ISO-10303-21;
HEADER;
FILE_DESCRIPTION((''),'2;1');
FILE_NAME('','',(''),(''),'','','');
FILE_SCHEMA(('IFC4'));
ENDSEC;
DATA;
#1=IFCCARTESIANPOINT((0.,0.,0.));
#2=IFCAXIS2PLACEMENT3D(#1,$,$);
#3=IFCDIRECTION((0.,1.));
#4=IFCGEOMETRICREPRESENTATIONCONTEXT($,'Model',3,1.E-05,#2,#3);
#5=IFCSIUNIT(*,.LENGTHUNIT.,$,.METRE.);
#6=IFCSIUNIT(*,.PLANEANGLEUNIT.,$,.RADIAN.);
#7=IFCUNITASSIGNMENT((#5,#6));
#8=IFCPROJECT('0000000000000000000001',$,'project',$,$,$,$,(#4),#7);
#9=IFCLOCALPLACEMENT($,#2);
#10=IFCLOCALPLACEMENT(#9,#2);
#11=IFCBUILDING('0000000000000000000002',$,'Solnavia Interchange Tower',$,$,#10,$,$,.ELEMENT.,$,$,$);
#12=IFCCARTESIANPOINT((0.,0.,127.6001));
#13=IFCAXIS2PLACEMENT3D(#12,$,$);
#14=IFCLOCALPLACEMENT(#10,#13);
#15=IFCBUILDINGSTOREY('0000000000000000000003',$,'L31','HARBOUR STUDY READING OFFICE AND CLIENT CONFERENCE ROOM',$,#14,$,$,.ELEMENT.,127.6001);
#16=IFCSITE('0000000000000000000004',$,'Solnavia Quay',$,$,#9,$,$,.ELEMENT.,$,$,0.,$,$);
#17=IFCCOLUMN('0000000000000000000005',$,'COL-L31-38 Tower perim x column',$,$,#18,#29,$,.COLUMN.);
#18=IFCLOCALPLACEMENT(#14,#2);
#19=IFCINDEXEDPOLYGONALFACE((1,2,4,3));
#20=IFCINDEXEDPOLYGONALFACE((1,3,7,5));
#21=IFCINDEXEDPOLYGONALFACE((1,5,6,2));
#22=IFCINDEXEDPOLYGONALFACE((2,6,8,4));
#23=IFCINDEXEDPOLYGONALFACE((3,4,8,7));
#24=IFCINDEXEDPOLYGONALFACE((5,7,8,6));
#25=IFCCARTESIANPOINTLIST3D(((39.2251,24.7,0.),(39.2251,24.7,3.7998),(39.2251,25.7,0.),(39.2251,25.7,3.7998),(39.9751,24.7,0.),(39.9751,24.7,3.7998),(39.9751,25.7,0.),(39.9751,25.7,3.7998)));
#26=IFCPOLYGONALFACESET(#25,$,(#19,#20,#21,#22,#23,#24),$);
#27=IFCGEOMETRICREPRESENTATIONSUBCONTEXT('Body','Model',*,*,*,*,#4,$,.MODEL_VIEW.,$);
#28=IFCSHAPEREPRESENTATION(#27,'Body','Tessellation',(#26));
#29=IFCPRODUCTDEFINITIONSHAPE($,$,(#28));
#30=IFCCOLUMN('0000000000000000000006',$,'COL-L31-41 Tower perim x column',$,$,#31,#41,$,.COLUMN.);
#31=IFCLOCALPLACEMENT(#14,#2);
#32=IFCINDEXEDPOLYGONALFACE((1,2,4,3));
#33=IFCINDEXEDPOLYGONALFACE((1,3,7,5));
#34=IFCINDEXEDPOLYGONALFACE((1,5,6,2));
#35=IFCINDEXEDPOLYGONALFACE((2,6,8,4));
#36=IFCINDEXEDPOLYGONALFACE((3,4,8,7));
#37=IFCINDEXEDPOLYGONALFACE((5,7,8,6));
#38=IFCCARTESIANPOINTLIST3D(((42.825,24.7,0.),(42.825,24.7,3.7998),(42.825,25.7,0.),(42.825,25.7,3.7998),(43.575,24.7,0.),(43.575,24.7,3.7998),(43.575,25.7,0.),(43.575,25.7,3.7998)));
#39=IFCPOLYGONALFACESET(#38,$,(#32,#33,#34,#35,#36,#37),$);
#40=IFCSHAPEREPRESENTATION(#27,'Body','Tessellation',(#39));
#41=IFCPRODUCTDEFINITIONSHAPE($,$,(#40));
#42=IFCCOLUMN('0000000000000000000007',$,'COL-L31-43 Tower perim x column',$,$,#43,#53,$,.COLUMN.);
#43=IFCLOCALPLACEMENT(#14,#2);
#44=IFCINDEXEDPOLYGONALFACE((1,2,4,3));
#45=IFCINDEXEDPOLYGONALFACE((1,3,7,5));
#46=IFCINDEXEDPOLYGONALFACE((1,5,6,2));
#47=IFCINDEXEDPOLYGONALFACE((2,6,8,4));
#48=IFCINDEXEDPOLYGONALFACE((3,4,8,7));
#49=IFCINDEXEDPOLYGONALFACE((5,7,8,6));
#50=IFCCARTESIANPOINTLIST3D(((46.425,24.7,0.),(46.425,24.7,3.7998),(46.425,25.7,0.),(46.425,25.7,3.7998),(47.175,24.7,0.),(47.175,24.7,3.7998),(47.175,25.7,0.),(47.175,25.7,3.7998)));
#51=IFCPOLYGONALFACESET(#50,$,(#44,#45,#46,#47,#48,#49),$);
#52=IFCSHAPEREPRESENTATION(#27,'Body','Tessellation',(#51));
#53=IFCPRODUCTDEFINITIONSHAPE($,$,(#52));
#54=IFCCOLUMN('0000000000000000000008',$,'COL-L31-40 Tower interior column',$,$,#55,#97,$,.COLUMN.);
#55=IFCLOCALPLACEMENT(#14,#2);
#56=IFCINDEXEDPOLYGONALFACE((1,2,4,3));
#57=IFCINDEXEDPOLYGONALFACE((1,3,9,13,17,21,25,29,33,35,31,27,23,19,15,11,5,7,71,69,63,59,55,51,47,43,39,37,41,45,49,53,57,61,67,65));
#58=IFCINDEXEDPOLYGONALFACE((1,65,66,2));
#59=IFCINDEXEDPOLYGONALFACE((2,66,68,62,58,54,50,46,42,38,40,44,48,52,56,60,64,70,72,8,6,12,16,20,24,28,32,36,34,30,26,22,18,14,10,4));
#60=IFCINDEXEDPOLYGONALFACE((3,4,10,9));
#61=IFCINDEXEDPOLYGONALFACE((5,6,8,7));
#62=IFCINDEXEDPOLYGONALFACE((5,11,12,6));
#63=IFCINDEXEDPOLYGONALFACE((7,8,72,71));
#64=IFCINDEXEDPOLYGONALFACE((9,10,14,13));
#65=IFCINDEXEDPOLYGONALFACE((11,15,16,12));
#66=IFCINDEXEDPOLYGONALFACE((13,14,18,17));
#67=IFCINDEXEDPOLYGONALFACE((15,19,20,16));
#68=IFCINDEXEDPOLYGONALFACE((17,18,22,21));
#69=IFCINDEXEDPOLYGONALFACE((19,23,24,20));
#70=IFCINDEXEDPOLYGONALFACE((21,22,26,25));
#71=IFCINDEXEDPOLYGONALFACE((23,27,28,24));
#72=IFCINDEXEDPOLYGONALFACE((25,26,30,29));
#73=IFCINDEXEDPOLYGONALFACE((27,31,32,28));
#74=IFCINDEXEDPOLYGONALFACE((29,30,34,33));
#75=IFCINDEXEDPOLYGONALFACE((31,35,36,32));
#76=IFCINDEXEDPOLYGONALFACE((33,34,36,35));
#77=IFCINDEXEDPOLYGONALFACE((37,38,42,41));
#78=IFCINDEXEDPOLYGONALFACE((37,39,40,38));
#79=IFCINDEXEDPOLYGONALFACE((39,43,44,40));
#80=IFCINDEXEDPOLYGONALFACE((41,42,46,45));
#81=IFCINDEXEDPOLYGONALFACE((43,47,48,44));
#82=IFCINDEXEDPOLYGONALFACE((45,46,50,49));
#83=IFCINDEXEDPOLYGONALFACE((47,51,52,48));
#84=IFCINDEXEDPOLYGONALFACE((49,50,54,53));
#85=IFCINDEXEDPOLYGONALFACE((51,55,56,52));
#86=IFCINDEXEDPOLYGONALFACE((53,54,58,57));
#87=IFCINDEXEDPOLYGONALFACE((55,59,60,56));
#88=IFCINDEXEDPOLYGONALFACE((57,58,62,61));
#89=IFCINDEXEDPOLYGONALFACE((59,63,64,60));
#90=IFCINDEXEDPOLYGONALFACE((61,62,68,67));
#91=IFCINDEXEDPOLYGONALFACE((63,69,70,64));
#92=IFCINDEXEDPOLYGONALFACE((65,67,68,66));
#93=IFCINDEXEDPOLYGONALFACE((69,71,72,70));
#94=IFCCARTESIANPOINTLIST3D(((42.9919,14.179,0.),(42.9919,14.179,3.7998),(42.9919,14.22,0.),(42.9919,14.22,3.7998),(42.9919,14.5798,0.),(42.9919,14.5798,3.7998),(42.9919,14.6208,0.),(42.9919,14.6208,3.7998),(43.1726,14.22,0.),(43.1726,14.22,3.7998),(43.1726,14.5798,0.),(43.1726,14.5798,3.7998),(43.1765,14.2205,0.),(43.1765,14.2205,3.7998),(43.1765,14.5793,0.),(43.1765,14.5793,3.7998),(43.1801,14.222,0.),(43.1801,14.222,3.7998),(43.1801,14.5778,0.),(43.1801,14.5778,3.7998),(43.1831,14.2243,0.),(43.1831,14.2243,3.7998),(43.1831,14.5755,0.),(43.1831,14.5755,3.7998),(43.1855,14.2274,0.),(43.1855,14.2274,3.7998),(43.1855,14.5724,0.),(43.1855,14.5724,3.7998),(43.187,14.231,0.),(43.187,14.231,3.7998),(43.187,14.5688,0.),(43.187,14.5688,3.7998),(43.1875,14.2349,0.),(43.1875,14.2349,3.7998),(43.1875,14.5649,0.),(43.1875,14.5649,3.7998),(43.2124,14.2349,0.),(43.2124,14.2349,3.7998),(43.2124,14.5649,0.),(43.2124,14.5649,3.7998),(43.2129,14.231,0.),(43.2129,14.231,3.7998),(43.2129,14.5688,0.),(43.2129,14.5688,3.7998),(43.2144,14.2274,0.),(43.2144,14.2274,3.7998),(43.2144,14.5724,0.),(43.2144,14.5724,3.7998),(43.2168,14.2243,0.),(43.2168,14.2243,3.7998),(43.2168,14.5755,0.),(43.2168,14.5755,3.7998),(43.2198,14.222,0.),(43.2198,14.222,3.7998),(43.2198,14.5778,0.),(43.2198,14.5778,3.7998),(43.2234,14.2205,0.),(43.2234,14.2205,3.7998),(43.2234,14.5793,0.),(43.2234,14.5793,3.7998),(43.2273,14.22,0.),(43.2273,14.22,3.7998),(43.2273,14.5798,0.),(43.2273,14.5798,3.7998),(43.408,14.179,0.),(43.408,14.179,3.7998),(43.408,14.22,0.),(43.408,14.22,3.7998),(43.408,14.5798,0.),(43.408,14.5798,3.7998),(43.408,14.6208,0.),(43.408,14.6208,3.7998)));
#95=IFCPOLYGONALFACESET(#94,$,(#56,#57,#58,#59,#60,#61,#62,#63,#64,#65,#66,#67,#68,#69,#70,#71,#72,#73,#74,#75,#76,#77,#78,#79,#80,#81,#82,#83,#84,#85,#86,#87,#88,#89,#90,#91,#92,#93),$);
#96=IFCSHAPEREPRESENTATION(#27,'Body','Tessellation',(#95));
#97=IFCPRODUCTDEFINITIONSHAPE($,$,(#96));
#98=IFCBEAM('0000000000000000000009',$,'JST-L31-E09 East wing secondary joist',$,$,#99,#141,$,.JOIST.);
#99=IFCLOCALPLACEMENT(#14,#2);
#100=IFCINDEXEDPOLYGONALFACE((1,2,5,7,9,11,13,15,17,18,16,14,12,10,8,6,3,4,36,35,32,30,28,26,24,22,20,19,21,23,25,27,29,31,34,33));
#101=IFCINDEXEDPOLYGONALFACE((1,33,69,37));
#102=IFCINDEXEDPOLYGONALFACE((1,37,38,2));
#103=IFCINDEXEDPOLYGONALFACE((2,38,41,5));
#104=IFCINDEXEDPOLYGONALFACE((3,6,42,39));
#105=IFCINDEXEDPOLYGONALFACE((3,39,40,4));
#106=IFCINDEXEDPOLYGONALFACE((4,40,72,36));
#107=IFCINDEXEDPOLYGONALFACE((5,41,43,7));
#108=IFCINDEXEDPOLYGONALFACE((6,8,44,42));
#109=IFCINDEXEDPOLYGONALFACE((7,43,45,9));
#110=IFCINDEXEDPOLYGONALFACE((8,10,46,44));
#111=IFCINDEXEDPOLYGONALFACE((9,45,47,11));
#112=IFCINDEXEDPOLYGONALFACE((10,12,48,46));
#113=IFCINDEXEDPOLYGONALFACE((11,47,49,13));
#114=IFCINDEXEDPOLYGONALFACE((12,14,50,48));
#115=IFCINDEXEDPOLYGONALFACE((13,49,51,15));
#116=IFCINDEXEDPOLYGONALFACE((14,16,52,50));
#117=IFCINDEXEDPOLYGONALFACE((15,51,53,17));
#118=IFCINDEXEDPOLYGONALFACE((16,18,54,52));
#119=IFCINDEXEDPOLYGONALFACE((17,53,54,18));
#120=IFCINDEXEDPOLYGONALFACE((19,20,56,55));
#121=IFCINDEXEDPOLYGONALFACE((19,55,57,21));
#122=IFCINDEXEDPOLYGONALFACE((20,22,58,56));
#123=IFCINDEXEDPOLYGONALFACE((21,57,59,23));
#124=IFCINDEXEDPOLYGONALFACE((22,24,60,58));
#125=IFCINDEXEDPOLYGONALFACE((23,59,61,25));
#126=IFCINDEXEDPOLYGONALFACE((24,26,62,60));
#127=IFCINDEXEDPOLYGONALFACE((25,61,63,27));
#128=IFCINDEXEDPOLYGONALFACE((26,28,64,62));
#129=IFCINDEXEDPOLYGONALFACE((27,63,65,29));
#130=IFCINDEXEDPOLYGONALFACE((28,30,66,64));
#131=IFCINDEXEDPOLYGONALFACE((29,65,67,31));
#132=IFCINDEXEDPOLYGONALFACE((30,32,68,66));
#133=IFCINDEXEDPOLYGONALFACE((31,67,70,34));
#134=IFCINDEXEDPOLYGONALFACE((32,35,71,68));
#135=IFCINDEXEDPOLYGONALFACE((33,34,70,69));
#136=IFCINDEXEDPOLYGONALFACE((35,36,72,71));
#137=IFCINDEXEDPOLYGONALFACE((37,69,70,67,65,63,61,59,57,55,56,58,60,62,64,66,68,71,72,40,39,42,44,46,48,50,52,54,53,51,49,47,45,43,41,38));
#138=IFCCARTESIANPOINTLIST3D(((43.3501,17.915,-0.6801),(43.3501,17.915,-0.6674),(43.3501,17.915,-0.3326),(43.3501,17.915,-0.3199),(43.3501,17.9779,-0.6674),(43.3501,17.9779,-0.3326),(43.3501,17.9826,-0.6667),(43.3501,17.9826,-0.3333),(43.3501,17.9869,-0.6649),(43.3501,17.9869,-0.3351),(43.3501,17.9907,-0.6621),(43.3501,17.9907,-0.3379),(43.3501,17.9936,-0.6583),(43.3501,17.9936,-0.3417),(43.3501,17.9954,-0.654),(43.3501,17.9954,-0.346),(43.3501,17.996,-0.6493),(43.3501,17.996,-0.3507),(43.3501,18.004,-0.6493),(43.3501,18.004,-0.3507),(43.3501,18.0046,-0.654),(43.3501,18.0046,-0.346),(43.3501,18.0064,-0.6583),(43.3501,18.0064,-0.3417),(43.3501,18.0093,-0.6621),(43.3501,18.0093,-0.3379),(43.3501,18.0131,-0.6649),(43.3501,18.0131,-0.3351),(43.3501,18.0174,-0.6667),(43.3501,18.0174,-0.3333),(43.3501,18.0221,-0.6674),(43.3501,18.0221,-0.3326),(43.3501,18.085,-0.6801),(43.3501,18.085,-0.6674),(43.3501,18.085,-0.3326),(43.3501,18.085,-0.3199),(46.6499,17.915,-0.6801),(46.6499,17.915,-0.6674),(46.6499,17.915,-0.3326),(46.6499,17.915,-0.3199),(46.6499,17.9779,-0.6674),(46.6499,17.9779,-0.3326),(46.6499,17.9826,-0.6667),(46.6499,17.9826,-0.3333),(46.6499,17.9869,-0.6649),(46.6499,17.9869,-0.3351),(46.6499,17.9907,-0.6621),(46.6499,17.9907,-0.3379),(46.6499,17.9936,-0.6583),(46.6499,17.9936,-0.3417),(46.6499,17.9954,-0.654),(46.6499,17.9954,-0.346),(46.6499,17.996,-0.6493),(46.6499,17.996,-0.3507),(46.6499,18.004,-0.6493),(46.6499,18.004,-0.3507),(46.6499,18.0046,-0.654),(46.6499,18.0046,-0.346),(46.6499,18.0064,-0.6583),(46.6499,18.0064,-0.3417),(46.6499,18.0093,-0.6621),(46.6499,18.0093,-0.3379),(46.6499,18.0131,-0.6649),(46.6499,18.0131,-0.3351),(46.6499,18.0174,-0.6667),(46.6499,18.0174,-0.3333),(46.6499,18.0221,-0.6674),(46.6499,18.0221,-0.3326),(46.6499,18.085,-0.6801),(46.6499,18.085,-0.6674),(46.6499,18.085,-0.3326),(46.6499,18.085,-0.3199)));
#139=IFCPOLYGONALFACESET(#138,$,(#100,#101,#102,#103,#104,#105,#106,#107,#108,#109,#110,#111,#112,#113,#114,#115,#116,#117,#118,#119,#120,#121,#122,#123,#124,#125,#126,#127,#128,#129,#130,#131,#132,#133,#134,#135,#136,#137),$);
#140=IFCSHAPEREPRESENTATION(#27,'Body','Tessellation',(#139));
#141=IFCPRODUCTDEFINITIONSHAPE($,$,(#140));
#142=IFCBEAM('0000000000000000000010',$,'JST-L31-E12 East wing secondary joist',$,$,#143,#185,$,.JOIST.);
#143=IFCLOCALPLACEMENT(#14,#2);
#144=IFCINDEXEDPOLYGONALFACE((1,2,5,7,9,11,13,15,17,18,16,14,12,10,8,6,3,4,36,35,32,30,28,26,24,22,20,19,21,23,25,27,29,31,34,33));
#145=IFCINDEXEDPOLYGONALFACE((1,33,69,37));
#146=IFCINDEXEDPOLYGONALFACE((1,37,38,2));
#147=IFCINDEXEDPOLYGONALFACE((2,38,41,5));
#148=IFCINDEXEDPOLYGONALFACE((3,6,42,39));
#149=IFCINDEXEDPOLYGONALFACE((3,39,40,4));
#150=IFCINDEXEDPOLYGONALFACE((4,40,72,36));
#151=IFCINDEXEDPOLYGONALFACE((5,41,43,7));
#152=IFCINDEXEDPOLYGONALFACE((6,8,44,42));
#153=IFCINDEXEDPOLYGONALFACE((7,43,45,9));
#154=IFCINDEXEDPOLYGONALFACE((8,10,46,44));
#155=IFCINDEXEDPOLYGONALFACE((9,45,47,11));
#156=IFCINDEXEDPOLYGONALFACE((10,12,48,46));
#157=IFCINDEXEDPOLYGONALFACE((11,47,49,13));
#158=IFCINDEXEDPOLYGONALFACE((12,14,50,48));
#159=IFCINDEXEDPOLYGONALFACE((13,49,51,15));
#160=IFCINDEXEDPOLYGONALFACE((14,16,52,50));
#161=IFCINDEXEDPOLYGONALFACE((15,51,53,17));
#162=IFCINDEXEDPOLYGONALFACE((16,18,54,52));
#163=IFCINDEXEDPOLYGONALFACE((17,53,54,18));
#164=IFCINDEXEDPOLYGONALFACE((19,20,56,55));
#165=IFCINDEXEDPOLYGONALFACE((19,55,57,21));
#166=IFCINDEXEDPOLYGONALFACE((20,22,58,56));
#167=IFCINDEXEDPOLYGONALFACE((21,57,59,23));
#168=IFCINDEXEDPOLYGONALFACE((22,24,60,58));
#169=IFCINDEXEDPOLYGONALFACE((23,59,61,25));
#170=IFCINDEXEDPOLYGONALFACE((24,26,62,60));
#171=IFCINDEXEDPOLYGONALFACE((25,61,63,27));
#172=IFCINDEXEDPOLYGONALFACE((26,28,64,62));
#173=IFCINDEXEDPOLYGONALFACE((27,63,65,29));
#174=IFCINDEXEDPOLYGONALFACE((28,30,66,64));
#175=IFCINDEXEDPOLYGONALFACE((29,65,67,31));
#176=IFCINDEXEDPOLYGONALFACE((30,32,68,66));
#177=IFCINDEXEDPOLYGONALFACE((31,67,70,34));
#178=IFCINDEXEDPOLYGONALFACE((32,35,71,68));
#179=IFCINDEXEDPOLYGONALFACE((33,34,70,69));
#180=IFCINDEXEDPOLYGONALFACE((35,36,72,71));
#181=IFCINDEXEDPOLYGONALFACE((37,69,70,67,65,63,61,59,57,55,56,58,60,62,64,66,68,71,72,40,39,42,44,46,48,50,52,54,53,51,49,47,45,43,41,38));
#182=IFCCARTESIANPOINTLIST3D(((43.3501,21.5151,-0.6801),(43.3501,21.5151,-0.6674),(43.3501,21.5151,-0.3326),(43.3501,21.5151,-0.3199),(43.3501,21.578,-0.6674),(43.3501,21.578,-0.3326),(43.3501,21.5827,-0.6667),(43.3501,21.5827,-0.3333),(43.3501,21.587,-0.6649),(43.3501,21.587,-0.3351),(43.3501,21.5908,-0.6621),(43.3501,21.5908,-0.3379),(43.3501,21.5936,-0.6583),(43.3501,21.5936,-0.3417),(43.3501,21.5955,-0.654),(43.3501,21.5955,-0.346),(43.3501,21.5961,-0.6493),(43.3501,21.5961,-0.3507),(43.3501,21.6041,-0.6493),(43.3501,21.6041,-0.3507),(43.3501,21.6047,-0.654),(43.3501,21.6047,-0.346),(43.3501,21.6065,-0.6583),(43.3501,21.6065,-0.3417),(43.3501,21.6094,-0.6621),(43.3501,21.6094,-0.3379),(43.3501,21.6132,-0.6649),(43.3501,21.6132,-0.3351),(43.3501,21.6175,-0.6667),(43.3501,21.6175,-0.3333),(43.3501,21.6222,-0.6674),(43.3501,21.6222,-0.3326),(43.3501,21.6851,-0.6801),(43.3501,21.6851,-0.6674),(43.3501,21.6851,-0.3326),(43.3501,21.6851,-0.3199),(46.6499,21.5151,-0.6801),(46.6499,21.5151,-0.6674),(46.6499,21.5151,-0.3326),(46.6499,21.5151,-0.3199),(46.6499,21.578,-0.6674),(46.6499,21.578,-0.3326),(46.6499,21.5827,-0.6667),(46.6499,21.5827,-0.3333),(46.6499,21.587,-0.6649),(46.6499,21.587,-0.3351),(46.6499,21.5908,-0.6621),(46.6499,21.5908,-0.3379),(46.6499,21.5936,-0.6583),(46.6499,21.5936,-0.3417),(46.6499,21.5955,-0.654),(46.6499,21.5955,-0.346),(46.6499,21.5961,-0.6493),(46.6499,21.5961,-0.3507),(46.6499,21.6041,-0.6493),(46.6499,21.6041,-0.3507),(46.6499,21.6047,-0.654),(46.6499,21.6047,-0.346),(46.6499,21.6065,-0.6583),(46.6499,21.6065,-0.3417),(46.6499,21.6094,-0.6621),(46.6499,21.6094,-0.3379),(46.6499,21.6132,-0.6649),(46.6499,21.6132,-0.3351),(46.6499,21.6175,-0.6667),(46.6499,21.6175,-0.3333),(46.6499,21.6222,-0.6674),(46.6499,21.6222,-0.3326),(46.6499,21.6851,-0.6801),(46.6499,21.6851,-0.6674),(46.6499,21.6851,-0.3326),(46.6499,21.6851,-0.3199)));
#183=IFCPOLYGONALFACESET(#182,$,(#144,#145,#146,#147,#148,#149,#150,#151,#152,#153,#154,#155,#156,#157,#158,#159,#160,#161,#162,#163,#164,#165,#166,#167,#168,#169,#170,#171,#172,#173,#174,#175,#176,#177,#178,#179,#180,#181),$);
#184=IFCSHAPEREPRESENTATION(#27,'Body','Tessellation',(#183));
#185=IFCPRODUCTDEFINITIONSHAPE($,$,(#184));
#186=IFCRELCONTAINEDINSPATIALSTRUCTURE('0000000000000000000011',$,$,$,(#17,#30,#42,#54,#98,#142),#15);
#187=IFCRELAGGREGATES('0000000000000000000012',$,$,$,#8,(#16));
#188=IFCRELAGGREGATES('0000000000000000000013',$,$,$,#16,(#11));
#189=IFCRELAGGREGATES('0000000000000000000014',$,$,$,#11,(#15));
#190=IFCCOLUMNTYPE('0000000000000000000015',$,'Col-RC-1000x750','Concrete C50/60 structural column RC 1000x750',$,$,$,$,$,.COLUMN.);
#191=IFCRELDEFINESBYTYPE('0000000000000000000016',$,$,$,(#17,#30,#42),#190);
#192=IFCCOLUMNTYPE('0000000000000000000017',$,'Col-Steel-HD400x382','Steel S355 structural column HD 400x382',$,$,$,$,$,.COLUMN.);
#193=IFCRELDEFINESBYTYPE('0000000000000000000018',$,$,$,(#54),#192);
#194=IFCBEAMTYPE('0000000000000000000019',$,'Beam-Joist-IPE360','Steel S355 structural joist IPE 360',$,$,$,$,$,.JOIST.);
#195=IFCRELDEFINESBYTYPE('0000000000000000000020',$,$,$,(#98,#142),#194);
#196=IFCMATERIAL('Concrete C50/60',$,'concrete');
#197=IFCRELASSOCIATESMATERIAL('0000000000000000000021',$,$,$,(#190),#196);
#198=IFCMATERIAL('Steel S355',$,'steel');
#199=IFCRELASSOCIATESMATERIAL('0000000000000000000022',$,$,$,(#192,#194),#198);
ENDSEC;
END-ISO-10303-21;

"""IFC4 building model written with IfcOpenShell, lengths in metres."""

from ifc_helpers import new_model, si_unit, direction, frame, origin, origin_2d, place, context, subcontext, project, spatial, rectangle, i_section, extrude, material, material_profile, profile_set, type_object, element, save


model = new_model("IFC4")

# Units and contexts
model_context = context("Model", 3, precision=1e-05, world=origin(), true_north=direction((0.0, 1.0)))
body_context = subcontext(model_context, "Body", "Model", "MODEL_VIEW")
ifc_project = project(units=[si_unit("LENGTHUNIT", "METRE"), si_unit("PLANEANGLEUNIT", "RADIAN")], contexts=[model_context])

# Site, building, storey
site_placement = place(None, origin())
site = spatial("IfcSite", under=ifc_project, at=site_placement, Name="Solnavia Quay", CompositionType="ELEMENT", RefElevation=0.0)
building_placement = place(site_placement, origin())
building = spatial("IfcBuilding", under=site, at=building_placement, Name="Solnavia Interchange Tower", CompositionType="ELEMENT")
storey_placement = place(building_placement, frame((0.0, 0.0, 127.6001)))
storey = spatial("IfcBuildingStorey", under=building, at=storey_placement, Name="L31", Description="HARBOUR STUDY READING OFFICE AND CLIENT CONFERENCE ROOM", CompositionType="ELEMENT", Elevation=127.6001)

# Columns
ifc_material_1 = material(Name="Concrete C50/60", Category="concrete")
ifc_material_profile_1 = material_profile(ifc_material_1, rectangle(XDim=0.75, YDim=1.0, at=origin_2d()), Name="RC 1000x750")
ifc_profile_set_1 = profile_set([ifc_material_profile_1], Name="Concrete C50/60")
column_type_1 = type_object("IfcColumnType", Name="Col-RC-1000x750", Description="Concrete C50/60 structural column RC 1000x750", PredefinedType="COLUMN", material=ifc_profile_set_1)
for number, where, z_axis, x_axis, name in (
    (1, (39.6001, 25.2, 0.0), (0.0, 0.0, 1.0), (1.0, 0.0, 0.0), "COL-L31-38 Tower perim x column"),
    (2, (43.2, 25.2, 0.0), (0.0, 0.0, 1.0), (1.0, 0.0, 0.0), "COL-L31-41 Tower perim x column"),
    (3, (46.8, 25.2, 0.0), (0.0, 0.0, 1.0), (1.0, 0.0, 0.0), "COL-L31-43 Tower perim x column"),
):
    element("IfcColumn", number, at=place(storey_placement, frame(where, z_axis=z_axis, x_axis=x_axis)), inside=storey, type_object=column_type_1, Name=name, PredefinedType="COLUMN", context=body_context, shape_type="SweptSolid", body=[
        extrude(rectangle(XDim=0.75, YDim=1.0, at=origin_2d()), origin(), (0.0, 0.0, 1.0), 3.7998),
    ])
ifc_material_2 = material(Name="Steel S355", Category="steel")
ifc_material_profile_2 = material_profile(ifc_material_2, i_section(OverallWidth=0.416, OverallDepth=0.4419, WebThickness=0.0249, FlangeThickness=0.041, FilletRadius=0.0149, at=origin_2d()), Name="HD 400x382")
ifc_profile_set_2 = profile_set([ifc_material_profile_2], Name="Steel S355")
column_type_2 = type_object("IfcColumnType", Name="Col-Steel-HD400x382", Description="Steel S355 structural column HD 400x382", PredefinedType="COLUMN", material=ifc_profile_set_2)
column_placement = place(storey_placement, frame((43.2, 14.3999, 0.0), z_axis=(0.0, 0.0, 1.0), x_axis=(1.0, 0.0, 0.0)))
element("IfcColumn", 4, at=column_placement, inside=storey, type_object=column_type_2, Name="COL-L31-40 Tower interior column", PredefinedType="COLUMN", context=body_context, shape_type="SweptSolid", body=[
    extrude(i_section(OverallWidth=0.416, OverallDepth=0.4419, WebThickness=0.0249, FlangeThickness=0.041, FilletRadius=0.0149, at=origin_2d()), origin(), (0.0, 0.0, 1.0), 3.7998),
])

# Beams
ifc_material_profile_3 = material_profile(ifc_material_2, i_section(OverallWidth=0.1699, OverallDepth=0.3601, WebThickness=0.0081, FlangeThickness=0.0127, FilletRadius=0.0181, at=origin_2d()), Name="IPE 360")
ifc_profile_set_3 = profile_set([ifc_material_profile_3], Name="Steel S355")
beam_type_1 = type_object("IfcBeamType", Name="Beam-Joist-IPE360", Description="Steel S355 structural joist IPE 360", PredefinedType="JOIST", material=ifc_profile_set_3)
for number, where, z_axis, x_axis, name in (
    (5, (43.3501, 18.0, -0.5), (1.0, 0.0, 0.0), (0.0, 1.0, 0.0), "JST-L31-E09 East wing secondary joist"),
    (6, (43.3501, 21.6001, -0.5), (1.0, 0.0, 0.0), (0.0, 1.0, 0.0), "JST-L31-E12 East wing secondary joist"),
):
    element("IfcBeam", number, at=place(storey_placement, frame(where, z_axis=z_axis, x_axis=x_axis)), inside=storey, type_object=beam_type_1, Name=name, PredefinedType="JOIST", context=body_context, shape_type="SweptSolid", body=[
        extrude(i_section(OverallWidth=0.1699, OverallDepth=0.3601, WebThickness=0.0081, FlangeThickness=0.0127, FilletRadius=0.0181, at=origin_2d()), origin(), (0.0, 0.0, 1.0), 3.2998),
    ])

save(model, "model.ifc")
